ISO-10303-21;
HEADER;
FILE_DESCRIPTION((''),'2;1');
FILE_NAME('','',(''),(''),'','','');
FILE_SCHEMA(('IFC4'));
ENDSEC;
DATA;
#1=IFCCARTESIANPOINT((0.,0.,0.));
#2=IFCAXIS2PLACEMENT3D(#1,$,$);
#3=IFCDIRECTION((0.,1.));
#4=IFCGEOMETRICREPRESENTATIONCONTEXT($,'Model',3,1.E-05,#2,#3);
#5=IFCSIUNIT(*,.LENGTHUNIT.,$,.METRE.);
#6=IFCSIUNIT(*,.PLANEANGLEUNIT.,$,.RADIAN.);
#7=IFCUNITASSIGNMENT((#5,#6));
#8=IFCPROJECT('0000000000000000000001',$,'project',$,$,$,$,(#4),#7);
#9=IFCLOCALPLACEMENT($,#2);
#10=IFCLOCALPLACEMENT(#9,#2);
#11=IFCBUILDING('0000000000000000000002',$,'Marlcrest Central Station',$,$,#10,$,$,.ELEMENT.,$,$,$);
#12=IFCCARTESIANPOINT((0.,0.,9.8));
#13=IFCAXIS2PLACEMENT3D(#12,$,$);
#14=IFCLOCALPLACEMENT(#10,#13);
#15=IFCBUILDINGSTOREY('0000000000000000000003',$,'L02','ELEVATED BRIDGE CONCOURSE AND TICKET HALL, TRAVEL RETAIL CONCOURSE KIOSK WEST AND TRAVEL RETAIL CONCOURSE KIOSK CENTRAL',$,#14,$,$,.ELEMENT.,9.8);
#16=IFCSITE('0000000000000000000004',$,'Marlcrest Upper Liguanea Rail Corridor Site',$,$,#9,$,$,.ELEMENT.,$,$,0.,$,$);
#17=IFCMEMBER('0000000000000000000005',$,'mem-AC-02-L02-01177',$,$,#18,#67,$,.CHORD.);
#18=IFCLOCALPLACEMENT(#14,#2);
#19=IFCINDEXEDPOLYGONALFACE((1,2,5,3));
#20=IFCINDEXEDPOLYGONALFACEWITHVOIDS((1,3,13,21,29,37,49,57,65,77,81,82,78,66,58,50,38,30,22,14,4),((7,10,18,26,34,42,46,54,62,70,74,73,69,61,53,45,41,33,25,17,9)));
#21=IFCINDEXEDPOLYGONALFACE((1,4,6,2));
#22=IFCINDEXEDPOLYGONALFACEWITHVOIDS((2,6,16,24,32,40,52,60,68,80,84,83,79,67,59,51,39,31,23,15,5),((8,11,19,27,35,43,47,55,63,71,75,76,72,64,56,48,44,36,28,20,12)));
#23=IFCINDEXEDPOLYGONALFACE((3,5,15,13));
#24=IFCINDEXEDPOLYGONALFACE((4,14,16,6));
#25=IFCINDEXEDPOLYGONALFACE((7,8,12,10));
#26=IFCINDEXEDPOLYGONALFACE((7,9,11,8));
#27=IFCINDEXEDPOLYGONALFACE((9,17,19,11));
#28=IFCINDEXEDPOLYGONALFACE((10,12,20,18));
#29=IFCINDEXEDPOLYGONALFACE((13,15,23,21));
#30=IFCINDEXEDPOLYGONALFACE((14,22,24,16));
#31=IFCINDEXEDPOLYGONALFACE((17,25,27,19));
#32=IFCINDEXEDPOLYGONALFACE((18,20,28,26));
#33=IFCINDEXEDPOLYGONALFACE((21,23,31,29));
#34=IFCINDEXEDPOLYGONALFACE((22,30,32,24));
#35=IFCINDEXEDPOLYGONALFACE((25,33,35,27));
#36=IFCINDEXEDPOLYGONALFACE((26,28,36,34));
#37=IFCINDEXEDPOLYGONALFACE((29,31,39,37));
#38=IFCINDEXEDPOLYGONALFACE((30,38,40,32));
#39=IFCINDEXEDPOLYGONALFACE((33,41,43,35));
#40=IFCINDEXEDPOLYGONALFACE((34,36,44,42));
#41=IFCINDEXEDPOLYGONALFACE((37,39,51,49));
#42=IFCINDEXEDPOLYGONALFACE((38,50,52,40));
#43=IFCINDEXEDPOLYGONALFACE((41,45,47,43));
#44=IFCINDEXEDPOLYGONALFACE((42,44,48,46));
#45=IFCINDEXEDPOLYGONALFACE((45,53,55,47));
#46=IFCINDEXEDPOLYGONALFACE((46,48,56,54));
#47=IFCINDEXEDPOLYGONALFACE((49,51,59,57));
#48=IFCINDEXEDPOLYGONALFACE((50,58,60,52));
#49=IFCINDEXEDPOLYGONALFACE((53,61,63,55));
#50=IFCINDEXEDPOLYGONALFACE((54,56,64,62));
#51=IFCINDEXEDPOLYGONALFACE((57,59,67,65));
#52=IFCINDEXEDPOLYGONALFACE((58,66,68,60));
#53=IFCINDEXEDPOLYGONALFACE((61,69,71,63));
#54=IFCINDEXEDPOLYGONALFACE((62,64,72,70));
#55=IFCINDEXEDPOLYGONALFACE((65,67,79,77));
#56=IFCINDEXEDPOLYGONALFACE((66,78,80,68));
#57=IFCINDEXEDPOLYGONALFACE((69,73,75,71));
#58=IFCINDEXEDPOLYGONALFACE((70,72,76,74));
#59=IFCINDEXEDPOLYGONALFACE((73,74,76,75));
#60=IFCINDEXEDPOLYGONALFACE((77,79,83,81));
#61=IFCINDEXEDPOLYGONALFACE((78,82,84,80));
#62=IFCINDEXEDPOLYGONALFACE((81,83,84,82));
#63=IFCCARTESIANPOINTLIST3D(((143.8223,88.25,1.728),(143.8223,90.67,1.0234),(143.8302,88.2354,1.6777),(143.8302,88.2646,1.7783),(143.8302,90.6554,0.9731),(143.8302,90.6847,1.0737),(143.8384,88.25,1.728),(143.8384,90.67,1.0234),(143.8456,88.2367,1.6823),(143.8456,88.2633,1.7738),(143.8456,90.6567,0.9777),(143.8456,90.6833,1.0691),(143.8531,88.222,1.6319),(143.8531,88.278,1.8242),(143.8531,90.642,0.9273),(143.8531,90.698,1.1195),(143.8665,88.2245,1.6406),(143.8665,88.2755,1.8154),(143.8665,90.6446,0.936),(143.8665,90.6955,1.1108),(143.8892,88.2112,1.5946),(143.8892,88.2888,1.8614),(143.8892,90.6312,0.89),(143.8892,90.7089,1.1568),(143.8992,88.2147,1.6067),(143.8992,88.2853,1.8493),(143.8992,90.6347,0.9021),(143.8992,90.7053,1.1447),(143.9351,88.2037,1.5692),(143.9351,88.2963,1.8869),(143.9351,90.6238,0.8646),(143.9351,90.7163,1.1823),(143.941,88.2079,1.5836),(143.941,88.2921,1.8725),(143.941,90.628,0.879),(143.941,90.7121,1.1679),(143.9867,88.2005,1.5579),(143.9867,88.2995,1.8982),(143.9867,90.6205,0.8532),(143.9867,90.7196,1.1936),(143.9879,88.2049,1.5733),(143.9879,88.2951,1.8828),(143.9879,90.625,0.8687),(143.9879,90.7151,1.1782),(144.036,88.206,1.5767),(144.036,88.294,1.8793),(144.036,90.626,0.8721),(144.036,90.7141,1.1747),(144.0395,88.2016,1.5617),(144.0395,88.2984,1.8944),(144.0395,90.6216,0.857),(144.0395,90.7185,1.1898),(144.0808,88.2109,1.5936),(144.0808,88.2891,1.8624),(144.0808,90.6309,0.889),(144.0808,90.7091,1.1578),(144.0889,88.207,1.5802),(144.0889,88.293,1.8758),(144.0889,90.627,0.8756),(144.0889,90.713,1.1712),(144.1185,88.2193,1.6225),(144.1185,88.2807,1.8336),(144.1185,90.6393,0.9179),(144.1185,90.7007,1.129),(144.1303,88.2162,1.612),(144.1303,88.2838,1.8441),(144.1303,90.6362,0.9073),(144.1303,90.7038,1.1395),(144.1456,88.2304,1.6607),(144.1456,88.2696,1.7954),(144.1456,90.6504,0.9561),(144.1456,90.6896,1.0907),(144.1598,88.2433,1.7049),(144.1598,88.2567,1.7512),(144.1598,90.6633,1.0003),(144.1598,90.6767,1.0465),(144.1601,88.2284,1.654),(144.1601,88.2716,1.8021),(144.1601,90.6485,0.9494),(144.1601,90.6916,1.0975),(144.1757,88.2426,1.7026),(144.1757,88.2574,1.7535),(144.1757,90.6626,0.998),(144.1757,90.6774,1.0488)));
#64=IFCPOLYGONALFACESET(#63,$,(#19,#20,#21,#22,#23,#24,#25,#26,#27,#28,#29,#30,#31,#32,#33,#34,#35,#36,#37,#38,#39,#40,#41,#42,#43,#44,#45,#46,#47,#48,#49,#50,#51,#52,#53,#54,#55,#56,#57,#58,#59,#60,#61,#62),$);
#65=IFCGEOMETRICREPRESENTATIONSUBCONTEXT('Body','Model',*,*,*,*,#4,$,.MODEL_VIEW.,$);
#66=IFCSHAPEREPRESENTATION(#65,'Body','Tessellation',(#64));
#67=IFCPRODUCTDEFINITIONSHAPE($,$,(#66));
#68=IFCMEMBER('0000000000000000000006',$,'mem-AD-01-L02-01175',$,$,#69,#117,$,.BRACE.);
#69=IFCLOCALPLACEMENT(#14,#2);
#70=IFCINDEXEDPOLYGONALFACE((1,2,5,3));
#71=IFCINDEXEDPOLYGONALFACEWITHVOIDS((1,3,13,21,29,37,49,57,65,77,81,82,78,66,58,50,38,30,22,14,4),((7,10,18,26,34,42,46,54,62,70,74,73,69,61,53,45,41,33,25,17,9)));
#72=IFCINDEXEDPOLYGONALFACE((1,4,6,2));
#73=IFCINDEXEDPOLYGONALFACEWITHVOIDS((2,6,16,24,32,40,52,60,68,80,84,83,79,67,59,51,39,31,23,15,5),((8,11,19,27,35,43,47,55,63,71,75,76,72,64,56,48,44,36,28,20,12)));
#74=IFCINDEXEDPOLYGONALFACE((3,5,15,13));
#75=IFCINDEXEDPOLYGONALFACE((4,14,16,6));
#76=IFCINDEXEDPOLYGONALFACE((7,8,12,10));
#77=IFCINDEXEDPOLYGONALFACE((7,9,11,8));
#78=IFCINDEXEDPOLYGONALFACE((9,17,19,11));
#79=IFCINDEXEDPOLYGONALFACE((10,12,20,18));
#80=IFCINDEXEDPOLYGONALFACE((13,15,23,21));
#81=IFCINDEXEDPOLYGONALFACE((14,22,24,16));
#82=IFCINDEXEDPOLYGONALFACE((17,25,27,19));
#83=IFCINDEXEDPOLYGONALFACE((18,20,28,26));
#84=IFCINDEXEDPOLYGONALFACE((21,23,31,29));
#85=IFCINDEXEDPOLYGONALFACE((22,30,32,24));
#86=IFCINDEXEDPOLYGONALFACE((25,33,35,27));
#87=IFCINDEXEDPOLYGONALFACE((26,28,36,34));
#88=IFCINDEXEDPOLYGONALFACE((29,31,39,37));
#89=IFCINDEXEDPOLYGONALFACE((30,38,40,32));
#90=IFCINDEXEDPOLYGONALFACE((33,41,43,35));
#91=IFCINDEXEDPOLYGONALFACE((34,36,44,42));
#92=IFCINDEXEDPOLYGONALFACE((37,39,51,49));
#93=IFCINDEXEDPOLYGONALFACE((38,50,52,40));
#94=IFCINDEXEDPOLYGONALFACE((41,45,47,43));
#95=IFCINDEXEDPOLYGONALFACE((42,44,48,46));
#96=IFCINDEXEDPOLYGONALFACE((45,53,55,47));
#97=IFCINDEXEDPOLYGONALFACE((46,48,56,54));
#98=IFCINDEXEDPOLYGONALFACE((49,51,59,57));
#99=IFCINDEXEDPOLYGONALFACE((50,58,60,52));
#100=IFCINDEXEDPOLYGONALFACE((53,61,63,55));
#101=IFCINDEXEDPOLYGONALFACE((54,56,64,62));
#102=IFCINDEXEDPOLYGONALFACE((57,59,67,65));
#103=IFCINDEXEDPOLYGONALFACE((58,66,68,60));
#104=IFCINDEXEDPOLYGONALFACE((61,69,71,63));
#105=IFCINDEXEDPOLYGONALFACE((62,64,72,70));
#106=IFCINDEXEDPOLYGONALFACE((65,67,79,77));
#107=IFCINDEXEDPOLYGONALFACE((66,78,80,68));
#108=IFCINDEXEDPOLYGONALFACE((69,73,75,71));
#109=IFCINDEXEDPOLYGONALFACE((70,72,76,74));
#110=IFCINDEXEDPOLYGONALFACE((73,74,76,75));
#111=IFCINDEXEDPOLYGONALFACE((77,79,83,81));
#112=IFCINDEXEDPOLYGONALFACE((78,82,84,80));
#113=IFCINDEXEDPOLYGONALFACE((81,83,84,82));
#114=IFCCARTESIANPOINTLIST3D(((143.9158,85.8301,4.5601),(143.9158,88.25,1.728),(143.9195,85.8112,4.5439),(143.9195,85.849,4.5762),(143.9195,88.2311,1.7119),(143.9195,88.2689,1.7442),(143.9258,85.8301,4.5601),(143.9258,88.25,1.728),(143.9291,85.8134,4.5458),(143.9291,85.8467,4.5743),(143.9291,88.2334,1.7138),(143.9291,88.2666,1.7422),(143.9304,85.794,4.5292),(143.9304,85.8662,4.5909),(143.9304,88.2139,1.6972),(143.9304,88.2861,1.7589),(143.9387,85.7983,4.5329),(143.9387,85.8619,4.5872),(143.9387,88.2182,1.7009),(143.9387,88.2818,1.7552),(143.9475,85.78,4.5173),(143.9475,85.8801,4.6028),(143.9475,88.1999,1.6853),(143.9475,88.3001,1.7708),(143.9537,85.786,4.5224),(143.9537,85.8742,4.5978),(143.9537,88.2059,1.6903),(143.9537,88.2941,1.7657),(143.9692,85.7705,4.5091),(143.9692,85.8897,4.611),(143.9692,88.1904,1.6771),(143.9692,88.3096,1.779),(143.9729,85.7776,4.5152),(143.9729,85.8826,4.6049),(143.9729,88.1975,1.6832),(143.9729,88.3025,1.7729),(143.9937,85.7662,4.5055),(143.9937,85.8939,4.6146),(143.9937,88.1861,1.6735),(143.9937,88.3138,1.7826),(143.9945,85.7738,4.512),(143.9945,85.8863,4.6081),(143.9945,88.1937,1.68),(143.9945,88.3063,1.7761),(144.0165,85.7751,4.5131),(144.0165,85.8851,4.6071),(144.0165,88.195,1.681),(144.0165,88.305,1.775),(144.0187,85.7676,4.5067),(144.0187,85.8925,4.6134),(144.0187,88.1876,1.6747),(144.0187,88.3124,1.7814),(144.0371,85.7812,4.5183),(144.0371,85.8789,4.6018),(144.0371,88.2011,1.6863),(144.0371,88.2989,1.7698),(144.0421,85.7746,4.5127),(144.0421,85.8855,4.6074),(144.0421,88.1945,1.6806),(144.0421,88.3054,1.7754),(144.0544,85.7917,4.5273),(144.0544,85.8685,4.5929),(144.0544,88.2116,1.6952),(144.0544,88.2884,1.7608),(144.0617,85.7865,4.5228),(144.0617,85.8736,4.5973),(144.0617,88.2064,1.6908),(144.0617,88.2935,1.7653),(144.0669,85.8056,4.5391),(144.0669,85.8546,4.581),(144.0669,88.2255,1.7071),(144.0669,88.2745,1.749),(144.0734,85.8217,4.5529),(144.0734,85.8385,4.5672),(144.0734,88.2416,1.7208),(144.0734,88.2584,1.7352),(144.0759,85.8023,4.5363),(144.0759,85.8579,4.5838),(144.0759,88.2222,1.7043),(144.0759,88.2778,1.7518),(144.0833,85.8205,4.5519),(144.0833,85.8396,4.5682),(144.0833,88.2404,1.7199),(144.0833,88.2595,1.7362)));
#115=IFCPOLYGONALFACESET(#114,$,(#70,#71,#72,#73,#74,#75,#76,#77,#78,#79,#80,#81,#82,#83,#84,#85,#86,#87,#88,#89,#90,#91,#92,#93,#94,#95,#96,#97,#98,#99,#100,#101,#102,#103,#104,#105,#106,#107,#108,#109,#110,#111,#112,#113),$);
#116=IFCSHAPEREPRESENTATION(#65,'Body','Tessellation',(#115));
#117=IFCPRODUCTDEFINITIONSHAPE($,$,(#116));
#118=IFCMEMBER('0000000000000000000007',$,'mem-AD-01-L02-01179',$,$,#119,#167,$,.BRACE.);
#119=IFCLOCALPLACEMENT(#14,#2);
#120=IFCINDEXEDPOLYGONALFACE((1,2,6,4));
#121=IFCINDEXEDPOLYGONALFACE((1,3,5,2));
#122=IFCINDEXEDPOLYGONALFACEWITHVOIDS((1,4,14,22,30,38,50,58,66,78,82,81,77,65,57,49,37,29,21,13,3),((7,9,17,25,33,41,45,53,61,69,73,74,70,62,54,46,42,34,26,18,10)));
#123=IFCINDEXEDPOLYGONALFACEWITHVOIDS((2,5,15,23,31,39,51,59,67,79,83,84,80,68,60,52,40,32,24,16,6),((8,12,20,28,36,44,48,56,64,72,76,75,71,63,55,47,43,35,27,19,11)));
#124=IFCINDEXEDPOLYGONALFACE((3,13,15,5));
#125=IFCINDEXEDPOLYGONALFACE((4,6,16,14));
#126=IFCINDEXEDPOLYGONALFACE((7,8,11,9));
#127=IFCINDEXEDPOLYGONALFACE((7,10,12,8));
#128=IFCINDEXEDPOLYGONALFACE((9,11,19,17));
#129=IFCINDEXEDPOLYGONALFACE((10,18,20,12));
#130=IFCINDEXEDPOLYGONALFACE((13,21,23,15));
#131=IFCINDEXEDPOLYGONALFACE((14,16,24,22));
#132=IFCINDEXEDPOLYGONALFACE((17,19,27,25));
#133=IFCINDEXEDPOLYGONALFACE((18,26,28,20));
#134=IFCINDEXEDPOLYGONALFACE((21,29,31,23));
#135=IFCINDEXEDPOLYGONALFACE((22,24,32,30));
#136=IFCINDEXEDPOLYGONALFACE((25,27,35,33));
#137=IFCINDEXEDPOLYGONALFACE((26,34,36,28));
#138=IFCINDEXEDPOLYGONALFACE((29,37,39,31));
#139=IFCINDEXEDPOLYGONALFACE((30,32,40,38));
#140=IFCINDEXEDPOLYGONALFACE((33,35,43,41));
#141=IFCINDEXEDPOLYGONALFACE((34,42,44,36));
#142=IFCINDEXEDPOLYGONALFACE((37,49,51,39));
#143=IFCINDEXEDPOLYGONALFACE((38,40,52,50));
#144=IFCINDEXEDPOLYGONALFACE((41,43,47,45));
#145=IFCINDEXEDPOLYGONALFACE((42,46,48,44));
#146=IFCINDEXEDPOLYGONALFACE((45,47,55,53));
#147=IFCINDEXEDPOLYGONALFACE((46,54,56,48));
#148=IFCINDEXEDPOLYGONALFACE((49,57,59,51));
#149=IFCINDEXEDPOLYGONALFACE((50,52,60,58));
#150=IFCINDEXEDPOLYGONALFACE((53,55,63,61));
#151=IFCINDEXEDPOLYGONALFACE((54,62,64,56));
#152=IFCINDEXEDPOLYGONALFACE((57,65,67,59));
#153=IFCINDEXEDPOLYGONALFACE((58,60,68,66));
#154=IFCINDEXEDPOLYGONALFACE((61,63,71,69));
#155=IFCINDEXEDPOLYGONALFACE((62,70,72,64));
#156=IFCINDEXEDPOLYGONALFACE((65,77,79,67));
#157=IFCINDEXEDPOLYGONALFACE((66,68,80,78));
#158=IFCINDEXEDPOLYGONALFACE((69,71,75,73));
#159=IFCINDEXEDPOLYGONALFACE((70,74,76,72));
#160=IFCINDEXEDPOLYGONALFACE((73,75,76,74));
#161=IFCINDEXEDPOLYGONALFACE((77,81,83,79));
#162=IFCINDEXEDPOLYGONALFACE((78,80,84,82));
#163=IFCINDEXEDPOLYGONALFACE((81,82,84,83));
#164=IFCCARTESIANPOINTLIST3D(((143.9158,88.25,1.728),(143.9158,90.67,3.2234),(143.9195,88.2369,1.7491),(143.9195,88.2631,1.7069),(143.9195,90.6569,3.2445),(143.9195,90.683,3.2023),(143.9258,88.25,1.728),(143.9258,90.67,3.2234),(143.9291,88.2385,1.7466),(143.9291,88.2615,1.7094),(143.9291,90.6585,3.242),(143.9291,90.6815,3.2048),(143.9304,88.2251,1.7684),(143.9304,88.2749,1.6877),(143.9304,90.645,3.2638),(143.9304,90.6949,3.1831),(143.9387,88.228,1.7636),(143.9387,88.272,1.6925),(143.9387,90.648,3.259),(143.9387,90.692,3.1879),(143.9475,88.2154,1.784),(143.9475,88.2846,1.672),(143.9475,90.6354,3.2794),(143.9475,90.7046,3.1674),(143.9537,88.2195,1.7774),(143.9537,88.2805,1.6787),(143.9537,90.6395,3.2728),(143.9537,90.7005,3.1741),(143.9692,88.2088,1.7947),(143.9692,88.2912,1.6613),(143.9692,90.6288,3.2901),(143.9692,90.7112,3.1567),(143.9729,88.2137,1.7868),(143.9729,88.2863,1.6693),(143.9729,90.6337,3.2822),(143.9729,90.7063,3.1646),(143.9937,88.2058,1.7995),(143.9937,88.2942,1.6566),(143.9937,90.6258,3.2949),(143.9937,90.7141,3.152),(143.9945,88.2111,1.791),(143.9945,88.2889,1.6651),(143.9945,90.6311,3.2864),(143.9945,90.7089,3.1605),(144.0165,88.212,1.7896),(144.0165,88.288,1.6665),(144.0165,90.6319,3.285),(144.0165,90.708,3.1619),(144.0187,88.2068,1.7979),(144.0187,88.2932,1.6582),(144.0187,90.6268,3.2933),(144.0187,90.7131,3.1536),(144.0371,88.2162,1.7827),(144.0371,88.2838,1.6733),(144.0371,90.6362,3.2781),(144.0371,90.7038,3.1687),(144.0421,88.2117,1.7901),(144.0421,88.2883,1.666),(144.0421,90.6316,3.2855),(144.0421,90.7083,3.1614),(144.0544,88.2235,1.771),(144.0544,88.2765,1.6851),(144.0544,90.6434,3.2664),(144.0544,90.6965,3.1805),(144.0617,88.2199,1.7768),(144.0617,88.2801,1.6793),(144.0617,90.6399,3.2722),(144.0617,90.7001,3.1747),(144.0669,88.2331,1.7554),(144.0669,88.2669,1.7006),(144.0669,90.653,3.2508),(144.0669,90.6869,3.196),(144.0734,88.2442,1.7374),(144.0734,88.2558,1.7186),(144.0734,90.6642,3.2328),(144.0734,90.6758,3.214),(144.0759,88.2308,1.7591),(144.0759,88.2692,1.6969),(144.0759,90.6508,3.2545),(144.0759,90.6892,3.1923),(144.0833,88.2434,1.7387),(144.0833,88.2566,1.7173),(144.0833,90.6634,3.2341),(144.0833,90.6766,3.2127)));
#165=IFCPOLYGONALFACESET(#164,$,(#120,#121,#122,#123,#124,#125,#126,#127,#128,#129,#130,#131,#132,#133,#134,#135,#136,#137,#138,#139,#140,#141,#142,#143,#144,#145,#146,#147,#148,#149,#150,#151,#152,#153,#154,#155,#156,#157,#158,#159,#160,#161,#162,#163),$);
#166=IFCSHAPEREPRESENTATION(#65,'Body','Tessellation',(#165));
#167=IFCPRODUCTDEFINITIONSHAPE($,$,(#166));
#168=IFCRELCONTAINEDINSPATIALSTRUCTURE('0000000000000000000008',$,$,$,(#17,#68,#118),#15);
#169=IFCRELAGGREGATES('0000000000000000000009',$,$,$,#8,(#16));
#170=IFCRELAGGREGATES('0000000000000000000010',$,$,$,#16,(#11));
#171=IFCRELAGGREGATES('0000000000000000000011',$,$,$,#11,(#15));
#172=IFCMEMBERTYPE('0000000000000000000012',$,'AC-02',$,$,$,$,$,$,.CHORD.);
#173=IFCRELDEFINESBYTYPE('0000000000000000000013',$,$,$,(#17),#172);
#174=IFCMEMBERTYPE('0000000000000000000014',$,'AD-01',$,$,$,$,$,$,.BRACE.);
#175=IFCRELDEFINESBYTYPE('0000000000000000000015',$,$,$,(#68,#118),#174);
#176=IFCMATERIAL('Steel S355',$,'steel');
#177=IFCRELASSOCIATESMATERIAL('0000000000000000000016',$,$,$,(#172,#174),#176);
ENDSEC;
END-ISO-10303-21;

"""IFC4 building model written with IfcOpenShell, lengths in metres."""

from ifc_helpers import new_model, si_unit, direction, frame, origin, origin_2d, place, context, subcontext, project, spatial, hollow_circle, extrude, material, material_profile, profile_set, type_object, element, save


model = new_model("IFC4")

# Units and contexts
model_context = context("Model", 3, precision=1e-05, world=origin(), true_north=direction((0.0, 1.0)))
body_context = subcontext(model_context, "Body", "Model", "MODEL_VIEW")
ifc_project = project(units=[si_unit("LENGTHUNIT", "METRE"), si_unit("PLANEANGLEUNIT", "RADIAN")], contexts=[model_context])

# Site, building, storey
site_placement = place(None, origin())
site = spatial("IfcSite", under=ifc_project, at=site_placement, Name="Marlcrest Upper Liguanea Rail Corridor Site", CompositionType="ELEMENT", RefElevation=0.0)
building_placement = place(site_placement, origin())
building = spatial("IfcBuilding", under=site, at=building_placement, Name="Marlcrest Central Station", CompositionType="ELEMENT")
storey_placement = place(building_placement, frame((0.0, 0.0, 9.8)))
storey = spatial("IfcBuildingStorey", under=building, at=storey_placement, Name="L02", Description="ELEVATED BRIDGE CONCOURSE AND TICKET HALL, TRAVEL RETAIL CONCOURSE KIOSK WEST AND TRAVEL RETAIL CONCOURSE KIOSK CENTRAL", CompositionType="ELEMENT", Elevation=9.8)

# Members
ifc_material_1 = material(Name="Steel S355", Category="steel")
ifc_material_profile_1 = material_profile(ifc_material_1, hollow_circle(Radius=0.1777, WallThickness=0.0161, at=origin_2d()), Name="CHS 355.6x16")
ifc_profile_set_1 = profile_set([ifc_material_profile_1], Name="Steel S355")
member_type_1 = type_object("IfcMemberType", Name="AC-02", PredefinedType="CHORD", material=ifc_profile_set_1)
member_1_placement = place(storey_placement, frame((144.0, 88.25, 1.728), z_axis=(0.0, 0.96013, -0.279554), x_axis=(-1.0, 0.0, 0.0)))
element("IfcMember", 1, at=member_1_placement, inside=storey, type_object=member_type_1, Name="mem-AC-02-L02-01177", PredefinedType="CHORD", context=body_context, shape_type="SweptSolid", body=[
    extrude(hollow_circle(Radius=0.1777, WallThickness=0.0161, at=origin_2d()), origin(), (0.0, 0.0, 1.0), 2.5205),
])
ifc_material_profile_2 = material_profile(ifc_material_1, hollow_circle(Radius=0.0842, WallThickness=0.01, at=origin_2d()), Name="CHS 168.3x10")
ifc_profile_set_2 = profile_set([ifc_material_profile_2], Name="Steel S355")
member_type_2 = type_object("IfcMemberType", Name="AD-01", PredefinedType="BRACE", material=ifc_profile_set_2)
member_2_placement = place(storey_placement, frame((144.0, 85.8301, 4.5601), z_axis=(0.0, 0.649625, -0.760255), x_axis=(-1.0, 0.0, 0.0)))
element("IfcMember", 2, at=member_2_placement, inside=storey, type_object=member_type_2, Name="mem-AD-01-L02-01175", PredefinedType="BRACE", context=body_context, shape_type="SweptSolid", body=[
    extrude(hollow_circle(Radius=0.0842, WallThickness=0.01, at=origin_2d()), origin(), (0.0, 0.0, 1.0), 3.7251),
])
member_3_placement = place(storey_placement, frame((144.0, 88.25, 1.728), z_axis=(0.0, 0.850687, 0.525672), x_axis=(-1.0, 0.0, 0.0)))
element("IfcMember", 3, at=member_3_placement, inside=storey, type_object=member_type_2, Name="mem-AD-01-L02-01179", PredefinedType="BRACE", context=body_context, shape_type="SweptSolid", body=[
    extrude(hollow_circle(Radius=0.0842, WallThickness=0.01, at=origin_2d()), origin(), (0.0, 0.0, 1.0), 2.8447),
])

save(model, "model.ifc")
